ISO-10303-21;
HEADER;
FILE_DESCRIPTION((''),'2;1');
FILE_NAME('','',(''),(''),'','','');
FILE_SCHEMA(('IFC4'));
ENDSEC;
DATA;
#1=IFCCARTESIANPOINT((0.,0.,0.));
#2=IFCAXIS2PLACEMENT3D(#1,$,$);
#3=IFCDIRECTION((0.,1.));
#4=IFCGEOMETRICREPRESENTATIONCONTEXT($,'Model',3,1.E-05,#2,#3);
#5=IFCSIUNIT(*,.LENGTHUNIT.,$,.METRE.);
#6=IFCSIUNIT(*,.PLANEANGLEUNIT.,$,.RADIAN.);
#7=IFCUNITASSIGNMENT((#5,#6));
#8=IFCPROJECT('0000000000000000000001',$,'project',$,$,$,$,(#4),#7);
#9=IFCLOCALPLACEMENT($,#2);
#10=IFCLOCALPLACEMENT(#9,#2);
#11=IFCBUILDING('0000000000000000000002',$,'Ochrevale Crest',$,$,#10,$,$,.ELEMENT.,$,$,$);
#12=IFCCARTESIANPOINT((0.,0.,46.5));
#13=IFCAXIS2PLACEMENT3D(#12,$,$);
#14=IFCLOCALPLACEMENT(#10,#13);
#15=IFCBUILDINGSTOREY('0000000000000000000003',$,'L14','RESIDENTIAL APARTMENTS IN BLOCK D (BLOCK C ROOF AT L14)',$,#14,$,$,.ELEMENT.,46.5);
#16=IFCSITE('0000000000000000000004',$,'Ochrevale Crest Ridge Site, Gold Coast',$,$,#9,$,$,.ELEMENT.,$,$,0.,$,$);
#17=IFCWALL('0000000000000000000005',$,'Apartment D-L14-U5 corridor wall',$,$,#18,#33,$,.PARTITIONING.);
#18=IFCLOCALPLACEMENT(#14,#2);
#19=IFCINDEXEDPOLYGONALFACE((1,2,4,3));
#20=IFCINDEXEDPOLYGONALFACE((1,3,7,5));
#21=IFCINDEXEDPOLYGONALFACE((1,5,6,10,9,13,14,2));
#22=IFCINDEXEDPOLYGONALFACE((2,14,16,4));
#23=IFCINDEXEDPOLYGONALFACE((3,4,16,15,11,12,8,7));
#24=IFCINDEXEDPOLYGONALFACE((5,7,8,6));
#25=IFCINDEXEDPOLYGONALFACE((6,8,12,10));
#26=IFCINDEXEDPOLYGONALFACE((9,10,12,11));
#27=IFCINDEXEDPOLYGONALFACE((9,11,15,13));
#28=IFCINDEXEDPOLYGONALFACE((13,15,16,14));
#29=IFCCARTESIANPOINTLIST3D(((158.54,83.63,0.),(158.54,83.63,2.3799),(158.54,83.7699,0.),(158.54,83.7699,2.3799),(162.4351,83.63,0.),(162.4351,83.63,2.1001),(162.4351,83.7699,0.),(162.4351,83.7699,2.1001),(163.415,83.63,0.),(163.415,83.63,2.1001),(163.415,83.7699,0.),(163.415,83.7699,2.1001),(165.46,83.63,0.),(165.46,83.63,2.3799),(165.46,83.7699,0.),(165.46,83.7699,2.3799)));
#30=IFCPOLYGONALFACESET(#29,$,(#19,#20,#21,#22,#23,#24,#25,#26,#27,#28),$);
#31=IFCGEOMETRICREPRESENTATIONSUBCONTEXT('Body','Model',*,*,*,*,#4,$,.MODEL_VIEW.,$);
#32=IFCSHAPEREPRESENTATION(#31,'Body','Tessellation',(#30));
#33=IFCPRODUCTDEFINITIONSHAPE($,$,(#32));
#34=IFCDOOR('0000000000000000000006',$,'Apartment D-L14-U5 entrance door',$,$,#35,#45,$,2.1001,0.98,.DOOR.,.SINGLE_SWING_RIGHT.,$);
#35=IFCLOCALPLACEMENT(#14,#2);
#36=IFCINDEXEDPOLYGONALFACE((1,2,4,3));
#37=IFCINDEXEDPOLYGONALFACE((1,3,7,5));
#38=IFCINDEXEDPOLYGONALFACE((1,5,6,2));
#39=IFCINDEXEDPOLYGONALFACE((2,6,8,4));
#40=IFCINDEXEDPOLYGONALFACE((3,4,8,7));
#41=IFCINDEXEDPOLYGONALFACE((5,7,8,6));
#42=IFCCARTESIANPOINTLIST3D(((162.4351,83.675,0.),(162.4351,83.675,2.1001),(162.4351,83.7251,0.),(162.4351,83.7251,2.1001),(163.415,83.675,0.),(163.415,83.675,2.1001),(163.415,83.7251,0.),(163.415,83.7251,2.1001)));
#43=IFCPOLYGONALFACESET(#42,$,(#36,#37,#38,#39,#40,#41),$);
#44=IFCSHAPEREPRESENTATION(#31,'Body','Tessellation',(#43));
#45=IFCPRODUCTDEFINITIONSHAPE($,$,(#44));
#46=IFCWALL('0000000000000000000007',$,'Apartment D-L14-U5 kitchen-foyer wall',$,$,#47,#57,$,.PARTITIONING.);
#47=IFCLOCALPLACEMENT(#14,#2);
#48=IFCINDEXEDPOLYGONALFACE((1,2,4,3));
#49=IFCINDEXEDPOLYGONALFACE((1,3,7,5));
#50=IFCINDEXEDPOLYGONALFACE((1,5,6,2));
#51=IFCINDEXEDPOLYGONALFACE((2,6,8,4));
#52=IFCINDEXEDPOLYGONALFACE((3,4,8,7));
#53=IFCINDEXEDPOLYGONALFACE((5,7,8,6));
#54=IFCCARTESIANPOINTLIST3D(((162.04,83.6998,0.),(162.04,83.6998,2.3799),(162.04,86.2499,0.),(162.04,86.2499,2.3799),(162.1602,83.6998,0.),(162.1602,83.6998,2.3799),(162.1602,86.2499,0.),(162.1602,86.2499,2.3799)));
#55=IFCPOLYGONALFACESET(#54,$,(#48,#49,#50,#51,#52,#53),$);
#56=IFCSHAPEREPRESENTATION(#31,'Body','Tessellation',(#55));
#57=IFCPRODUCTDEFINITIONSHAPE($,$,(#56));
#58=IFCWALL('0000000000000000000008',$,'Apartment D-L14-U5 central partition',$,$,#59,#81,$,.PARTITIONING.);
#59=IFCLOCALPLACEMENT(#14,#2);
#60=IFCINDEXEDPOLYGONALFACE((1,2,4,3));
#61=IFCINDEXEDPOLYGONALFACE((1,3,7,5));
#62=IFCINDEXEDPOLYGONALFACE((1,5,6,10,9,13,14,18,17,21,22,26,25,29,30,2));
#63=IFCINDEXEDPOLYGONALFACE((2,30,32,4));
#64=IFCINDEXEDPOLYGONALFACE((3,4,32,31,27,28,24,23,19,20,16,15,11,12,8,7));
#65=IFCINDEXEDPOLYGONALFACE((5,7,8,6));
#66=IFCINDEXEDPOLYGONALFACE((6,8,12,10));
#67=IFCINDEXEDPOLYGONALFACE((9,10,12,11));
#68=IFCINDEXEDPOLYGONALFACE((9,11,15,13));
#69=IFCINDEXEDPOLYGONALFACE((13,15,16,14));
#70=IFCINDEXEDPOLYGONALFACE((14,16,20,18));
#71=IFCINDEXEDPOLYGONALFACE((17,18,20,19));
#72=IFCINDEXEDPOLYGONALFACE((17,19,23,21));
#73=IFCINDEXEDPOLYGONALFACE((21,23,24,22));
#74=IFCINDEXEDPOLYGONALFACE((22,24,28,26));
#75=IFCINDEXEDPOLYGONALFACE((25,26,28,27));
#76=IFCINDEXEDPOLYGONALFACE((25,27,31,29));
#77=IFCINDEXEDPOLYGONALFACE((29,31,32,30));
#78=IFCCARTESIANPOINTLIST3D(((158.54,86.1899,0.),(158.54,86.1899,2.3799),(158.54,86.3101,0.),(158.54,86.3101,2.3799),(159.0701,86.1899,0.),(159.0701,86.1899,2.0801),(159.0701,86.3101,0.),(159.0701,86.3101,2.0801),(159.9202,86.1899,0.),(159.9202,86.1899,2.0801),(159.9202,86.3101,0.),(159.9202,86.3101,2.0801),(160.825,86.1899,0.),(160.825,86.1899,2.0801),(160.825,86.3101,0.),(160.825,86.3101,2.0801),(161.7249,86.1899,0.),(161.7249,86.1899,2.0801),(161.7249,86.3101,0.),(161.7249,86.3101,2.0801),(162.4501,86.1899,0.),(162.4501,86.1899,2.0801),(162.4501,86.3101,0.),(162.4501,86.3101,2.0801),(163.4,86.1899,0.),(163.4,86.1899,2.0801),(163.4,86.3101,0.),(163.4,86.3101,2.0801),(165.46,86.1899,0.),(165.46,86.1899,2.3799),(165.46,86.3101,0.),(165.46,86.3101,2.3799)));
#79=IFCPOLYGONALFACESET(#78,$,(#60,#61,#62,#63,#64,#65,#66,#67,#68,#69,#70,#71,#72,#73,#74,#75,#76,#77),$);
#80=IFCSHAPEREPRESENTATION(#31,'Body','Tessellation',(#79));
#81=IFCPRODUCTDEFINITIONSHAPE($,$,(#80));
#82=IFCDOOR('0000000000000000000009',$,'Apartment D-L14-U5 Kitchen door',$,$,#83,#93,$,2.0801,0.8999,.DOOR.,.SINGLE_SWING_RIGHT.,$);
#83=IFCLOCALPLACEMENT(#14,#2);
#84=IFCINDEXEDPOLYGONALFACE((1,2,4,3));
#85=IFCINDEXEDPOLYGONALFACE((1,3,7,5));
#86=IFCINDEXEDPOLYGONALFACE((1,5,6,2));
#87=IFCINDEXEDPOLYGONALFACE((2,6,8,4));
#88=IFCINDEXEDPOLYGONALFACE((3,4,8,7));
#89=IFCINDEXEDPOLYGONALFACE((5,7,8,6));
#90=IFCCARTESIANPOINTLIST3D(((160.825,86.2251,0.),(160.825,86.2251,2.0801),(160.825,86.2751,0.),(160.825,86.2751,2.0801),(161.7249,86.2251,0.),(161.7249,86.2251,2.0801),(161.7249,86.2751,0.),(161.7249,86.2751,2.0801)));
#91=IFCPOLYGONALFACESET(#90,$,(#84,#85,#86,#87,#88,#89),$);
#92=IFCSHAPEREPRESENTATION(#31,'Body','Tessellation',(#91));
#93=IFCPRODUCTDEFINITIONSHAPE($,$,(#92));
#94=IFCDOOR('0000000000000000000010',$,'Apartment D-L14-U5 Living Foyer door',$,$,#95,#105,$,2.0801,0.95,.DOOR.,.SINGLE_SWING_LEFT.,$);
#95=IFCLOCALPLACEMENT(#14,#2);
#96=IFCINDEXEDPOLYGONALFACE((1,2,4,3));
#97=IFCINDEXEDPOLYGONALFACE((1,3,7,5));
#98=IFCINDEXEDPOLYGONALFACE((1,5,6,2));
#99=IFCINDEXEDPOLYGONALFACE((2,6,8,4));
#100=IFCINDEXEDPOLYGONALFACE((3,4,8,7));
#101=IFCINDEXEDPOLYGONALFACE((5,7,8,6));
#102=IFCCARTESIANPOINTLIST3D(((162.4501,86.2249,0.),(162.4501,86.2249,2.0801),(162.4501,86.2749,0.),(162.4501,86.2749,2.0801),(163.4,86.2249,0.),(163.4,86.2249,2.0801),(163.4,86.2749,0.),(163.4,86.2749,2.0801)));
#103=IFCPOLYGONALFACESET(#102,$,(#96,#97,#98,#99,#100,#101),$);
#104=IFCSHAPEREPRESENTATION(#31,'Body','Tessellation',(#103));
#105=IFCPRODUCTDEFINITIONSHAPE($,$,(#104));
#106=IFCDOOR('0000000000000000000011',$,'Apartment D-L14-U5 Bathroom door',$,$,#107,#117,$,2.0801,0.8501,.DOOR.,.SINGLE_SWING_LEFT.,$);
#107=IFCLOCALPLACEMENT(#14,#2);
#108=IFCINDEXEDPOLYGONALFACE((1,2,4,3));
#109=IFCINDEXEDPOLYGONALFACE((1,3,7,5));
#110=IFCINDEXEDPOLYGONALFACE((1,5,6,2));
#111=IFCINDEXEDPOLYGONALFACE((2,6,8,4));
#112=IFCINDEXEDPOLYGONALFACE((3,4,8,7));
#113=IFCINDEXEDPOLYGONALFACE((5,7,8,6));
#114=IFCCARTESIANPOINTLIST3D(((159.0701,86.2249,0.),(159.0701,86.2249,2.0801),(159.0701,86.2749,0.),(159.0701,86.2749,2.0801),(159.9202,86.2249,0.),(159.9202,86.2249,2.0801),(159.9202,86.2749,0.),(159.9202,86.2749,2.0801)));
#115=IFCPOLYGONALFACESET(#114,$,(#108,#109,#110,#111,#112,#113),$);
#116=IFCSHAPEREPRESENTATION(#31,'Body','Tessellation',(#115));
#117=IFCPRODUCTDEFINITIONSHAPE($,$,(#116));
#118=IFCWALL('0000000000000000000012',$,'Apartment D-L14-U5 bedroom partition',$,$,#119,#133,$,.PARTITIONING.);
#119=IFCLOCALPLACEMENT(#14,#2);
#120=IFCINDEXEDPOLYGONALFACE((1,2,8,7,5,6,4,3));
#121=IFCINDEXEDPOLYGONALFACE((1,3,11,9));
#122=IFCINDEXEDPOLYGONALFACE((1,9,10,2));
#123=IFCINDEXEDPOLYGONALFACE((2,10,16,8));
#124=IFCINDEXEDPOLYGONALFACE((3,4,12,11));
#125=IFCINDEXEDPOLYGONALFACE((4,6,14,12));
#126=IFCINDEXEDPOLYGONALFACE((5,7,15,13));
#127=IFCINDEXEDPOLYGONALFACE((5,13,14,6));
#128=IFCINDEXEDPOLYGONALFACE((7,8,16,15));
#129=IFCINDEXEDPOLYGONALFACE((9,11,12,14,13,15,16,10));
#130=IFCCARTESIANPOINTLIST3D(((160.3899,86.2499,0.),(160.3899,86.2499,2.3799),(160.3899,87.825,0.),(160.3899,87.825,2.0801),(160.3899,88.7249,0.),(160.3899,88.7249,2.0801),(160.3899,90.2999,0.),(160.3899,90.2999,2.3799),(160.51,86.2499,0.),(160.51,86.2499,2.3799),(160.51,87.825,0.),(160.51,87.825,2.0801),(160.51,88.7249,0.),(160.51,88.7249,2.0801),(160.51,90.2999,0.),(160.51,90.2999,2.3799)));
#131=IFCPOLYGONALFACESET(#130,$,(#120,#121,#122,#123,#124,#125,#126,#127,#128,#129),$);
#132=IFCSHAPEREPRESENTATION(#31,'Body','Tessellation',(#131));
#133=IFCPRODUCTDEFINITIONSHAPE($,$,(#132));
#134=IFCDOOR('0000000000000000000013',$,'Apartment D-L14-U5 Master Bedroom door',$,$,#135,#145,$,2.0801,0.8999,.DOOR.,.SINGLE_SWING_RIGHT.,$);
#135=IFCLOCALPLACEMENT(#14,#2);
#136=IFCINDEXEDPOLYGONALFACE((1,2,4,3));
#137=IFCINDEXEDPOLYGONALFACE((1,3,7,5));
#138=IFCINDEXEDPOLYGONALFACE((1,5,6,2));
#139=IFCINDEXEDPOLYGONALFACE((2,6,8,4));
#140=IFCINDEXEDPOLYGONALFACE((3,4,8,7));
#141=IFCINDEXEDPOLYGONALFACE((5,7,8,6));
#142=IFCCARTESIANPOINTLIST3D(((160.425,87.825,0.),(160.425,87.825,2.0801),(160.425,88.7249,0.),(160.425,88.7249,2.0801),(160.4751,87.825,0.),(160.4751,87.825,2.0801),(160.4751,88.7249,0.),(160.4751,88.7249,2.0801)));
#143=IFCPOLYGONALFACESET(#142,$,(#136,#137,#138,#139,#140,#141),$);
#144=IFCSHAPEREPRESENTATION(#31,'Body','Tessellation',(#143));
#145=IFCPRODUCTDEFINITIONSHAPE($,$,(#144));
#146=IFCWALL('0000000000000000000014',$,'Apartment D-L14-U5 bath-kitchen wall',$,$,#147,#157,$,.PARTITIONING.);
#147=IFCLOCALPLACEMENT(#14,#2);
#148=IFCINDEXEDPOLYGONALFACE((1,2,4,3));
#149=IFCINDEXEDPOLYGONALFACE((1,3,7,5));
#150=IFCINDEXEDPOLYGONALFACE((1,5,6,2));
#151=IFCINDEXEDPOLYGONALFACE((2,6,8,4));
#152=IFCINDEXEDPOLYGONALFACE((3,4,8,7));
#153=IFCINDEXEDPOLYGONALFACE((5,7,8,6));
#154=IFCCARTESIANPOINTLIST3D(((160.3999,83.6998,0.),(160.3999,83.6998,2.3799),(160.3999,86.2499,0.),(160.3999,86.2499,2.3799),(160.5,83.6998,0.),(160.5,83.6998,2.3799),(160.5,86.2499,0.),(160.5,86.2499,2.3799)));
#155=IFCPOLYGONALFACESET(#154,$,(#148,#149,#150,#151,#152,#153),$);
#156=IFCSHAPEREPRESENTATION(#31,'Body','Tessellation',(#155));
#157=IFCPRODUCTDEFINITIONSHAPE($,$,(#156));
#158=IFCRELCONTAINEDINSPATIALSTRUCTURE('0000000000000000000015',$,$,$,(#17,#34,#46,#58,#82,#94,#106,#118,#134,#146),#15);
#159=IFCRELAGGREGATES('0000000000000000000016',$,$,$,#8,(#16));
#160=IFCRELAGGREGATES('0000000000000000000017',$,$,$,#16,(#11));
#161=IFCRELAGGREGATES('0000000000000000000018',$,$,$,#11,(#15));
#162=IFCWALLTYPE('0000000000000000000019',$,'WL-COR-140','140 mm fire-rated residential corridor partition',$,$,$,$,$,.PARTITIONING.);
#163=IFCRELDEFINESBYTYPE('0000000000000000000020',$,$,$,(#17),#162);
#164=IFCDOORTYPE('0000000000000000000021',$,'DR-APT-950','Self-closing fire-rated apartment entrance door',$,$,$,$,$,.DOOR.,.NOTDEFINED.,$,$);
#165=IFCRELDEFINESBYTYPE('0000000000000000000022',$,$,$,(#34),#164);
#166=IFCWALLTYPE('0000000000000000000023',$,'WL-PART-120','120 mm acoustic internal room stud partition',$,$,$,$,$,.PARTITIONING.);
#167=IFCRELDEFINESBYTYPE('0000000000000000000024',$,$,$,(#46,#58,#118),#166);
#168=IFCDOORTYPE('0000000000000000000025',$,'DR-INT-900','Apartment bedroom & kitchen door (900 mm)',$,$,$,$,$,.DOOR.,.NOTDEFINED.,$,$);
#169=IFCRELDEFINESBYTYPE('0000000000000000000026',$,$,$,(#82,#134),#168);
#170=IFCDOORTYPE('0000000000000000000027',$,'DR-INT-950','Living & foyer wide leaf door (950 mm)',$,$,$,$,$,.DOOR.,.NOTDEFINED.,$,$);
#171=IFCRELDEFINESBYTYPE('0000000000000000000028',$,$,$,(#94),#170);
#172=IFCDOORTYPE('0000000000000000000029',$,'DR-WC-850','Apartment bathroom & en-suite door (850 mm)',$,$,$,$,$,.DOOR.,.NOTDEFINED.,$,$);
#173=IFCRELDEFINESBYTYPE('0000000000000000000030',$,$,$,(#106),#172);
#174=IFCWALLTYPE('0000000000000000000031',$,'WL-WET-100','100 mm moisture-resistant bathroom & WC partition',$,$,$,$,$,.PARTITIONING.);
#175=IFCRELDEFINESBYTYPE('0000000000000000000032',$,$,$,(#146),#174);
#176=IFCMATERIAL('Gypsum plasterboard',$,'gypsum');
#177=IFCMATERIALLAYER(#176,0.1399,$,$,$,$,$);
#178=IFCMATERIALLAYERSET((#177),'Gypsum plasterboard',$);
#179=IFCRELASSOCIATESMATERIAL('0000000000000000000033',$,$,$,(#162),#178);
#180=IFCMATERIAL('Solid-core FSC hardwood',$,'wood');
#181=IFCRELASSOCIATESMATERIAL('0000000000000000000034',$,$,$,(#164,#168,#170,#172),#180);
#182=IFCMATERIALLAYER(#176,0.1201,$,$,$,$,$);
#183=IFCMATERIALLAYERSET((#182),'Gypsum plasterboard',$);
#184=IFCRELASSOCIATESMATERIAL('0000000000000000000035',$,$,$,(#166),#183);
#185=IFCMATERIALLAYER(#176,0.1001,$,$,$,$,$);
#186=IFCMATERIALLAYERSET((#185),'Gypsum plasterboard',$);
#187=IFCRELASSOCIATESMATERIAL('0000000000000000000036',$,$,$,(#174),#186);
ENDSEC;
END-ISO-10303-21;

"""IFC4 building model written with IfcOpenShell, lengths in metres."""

from ifc_helpers import new_model, si_unit, direction, frame, frame_2d, origin, place, context, subcontext, project, spatial, rectangle, extrude, material, layer, layer_set, type_object, element, fill, save


model = new_model("IFC4")

# Units and contexts
model_context = context("Model", 3, precision=1e-05, world=origin(), true_north=direction((0.0, 1.0)))
body_context = subcontext(model_context, "Body", "Model", "MODEL_VIEW")
ifc_project = project(units=[si_unit("LENGTHUNIT", "METRE"), si_unit("PLANEANGLEUNIT", "RADIAN")], contexts=[model_context])

# Site, building, storey
site_placement = place(None, origin())
site = spatial("IfcSite", under=ifc_project, at=site_placement, Name="Ochrevale Crest Ridge Site, Gold Coast", CompositionType="ELEMENT", RefElevation=0.0)
building_placement = place(site_placement, origin())
building = spatial("IfcBuilding", under=site, at=building_placement, Name="Ochrevale Crest", CompositionType="ELEMENT")
storey_placement = place(building_placement, frame((0.0, 0.0, 46.5)))
storey = spatial("IfcBuildingStorey", under=building, at=storey_placement, Name="L14", Description="RESIDENTIAL APARTMENTS IN BLOCK D (BLOCK C ROOF AT L14)", CompositionType="ELEMENT", Elevation=46.5)

# Wall, opening, door
ifc_material_1 = material(Name="Gypsum plasterboard", Category="gypsum")
ifc_layer_1 = layer(ifc_material_1, 0.1399)
ifc_layer_set_1 = layer_set([ifc_layer_1], Name="Gypsum plasterboard")
wall_type_1 = type_object("IfcWallType", Name="WL-COR-140", Description="140 mm fire-rated residential corridor partition", PredefinedType="PARTITIONING", material=ifc_layer_set_1)
wall_1_placement = place(storey_placement, frame((158.54, 83.7, 0.0), z_axis=(0.0, 0.0, 1.0), x_axis=(1.0, 0.0, 0.0)))
wall_1 = element("IfcWall", 1, at=wall_1_placement, inside=storey, type_object=wall_type_1, Name="Apartment D-L14-U5 corridor wall", PredefinedType="PARTITIONING", context=body_context, shape_type="SweptSolid", body=[
    extrude(rectangle(XDim=6.9199, YDim=0.1399, at=frame_2d((3.46, 0.0))), origin(), (0.0, 0.0, 1.0), 2.3799),
])
opening_1_placement = place(wall_1_placement, frame((4.875, 0.0, 0.0), z_axis=(0.0, 0.0, 1.0), x_axis=(-1.0, 0.0, 0.0)))
opening_1 = element("IfcOpeningElement", 2, at=opening_1_placement, cuts=wall_1, PredefinedType="OPENING", context=body_context, shape_type="SweptSolid", body=[
    extrude(rectangle(XDim=0.98, YDim=2.1001, at=frame_2d((0.49, 1.05))), frame((0.0, 0.0801, 0.0), z_axis=(0.0, -1.0, 0.0), x_axis=(1.0, 0.0, 0.0)), (0.0, 0.0, 1.0), 0.1599),
])
ifc_material_2 = material(Name="Solid-core FSC hardwood", Category="wood")
door_type_1 = type_object("IfcDoorType", Name="DR-APT-950", Description="Self-closing fire-rated apartment entrance door", OperationType="NOTDEFINED", PredefinedType="DOOR", material=ifc_material_2)
door_1_placement = place(opening_1_placement, origin())
door_1 = element("IfcDoor", 3, at=door_1_placement, inside=storey, type_object=door_type_1, Name="Apartment D-L14-U5 entrance door", OperationType="SINGLE_SWING_RIGHT", OverallHeight=2.1001, OverallWidth=0.98, PredefinedType="DOOR", context=body_context, shape_type="SweptSolid", body=[
    extrude(rectangle(XDim=0.98, YDim=2.1001, at=frame_2d((0.49, 1.05))), frame((0.0, 0.0249, 0.0), z_axis=(0.0, -1.0, 0.0), x_axis=(1.0, 0.0, 0.0)), (0.0, 0.0, 1.0), 0.05),
])
fill(opening_1, door_1)

# Wall
ifc_layer_2 = layer(ifc_material_1, 0.1201)
ifc_layer_set_2 = layer_set([ifc_layer_2], Name="Gypsum plasterboard")
wall_type_2 = type_object("IfcWallType", Name="WL-PART-120", Description="120 mm acoustic internal room stud partition", PredefinedType="PARTITIONING", material=ifc_layer_set_2)
wall_2_placement = place(storey_placement, frame((162.1001, 83.7, 0.0), z_axis=(0.0, 0.0, 1.0), x_axis=(0.0, 1.0, 0.0)))
element("IfcWall", 4, at=wall_2_placement, inside=storey, type_object=wall_type_2, Name="Apartment D-L14-U5 kitchen-foyer wall", PredefinedType="PARTITIONING", context=body_context, shape_type="SweptSolid", body=[
    extrude(rectangle(XDim=2.55, YDim=0.1201, at=frame_2d((1.2749, 0.0))), origin(), (0.0, 0.0, 1.0), 2.3799),
])

# Wall, openings, doors
wall_3_placement = place(storey_placement, frame((158.54, 86.25, 0.0), z_axis=(0.0, 0.0, 1.0), x_axis=(1.0, 0.0, 0.0)))
wall_3 = element("IfcWall", 5, at=wall_3_placement, inside=storey, type_object=wall_type_2, Name="Apartment D-L14-U5 central partition", PredefinedType="PARTITIONING", context=body_context, shape_type="SweptSolid", body=[
    extrude(rectangle(XDim=6.9199, YDim=0.1201, at=frame_2d((3.46, 0.0))), origin(), (0.0, 0.0, 1.0), 2.3799),
])
opening_2_placement = place(wall_3_placement, frame((0.53, 0.0, 0.0)))
opening_2 = element("IfcOpeningElement", 6, at=opening_2_placement, cuts=wall_3, PredefinedType="OPENING", context=body_context, shape_type="SweptSolid", body=[
    extrude(rectangle(XDim=0.8501, YDim=2.0801, at=frame_2d((0.425, 1.04))), frame((0.0, 0.0701, 0.0), z_axis=(0.0, -1.0, 0.0), x_axis=(1.0, 0.0, 0.0)), (0.0, 0.0, 1.0), 0.1401),
])
opening_3_placement = place(wall_3_placement, frame((3.1848, 0.0, 0.0), z_axis=(0.0, 0.0, 1.0), x_axis=(-1.0, 0.0, 0.0)))
opening_3 = element("IfcOpeningElement", 7, at=opening_3_placement, cuts=wall_3, PredefinedType="OPENING", context=body_context, shape_type="SweptSolid", body=[
    extrude(rectangle(XDim=0.8999, YDim=2.0801, at=frame_2d((0.45, 1.04))), frame((0.0, 0.0701, 0.0), z_axis=(0.0, -1.0, 0.0), x_axis=(1.0, 0.0, 0.0)), (0.0, 0.0, 1.0), 0.1401),
])
opening_4_placement = place(wall_3_placement, frame((3.9099, 0.0, 0.0)))
opening_4 = element("IfcOpeningElement", 8, at=opening_4_placement, cuts=wall_3, PredefinedType="OPENING", context=body_context, shape_type="SweptSolid", body=[
    extrude(rectangle(XDim=0.95, YDim=2.0801, at=frame_2d((0.4751, 1.04))), frame((0.0, 0.0701, 0.0), z_axis=(0.0, -1.0, 0.0), x_axis=(1.0, 0.0, 0.0)), (0.0, 0.0, 1.0), 0.1401),
])
door_type_2 = type_object("IfcDoorType", Name="DR-INT-900", Description="Apartment bedroom & kitchen door (900 mm)", OperationType="NOTDEFINED", PredefinedType="DOOR", material=ifc_material_2)
door_2_placement = place(opening_3_placement, origin())
door_2 = element("IfcDoor", 9, at=door_2_placement, inside=storey, type_object=door_type_2, Name="Apartment D-L14-U5 Kitchen door", OperationType="SINGLE_SWING_RIGHT", OverallHeight=2.0801, OverallWidth=0.8999, PredefinedType="DOOR", context=body_context, shape_type="SweptSolid", body=[
    extrude(rectangle(XDim=0.8999, YDim=2.0801, at=frame_2d((0.45, 1.04))), frame((0.0, 0.0249, 0.0), z_axis=(0.0, -1.0, 0.0), x_axis=(1.0, 0.0, 0.0)), (0.0, 0.0, 1.0), 0.05),
])
fill(opening_3, door_2)
door_type_3 = type_object("IfcDoorType", Name="DR-INT-950", Description="Living & foyer wide leaf door (950 mm)", OperationType="NOTDEFINED", PredefinedType="DOOR", material=ifc_material_2)
door_3_placement = place(opening_4_placement, origin())
door_3 = element("IfcDoor", 10, at=door_3_placement, inside=storey, type_object=door_type_3, Name="Apartment D-L14-U5 Living Foyer door", OperationType="SINGLE_SWING_LEFT", OverallHeight=2.0801, OverallWidth=0.95, PredefinedType="DOOR", context=body_context, shape_type="SweptSolid", body=[
    extrude(rectangle(XDim=0.95, YDim=2.0801, at=frame_2d((0.4751, 1.04))), frame((0.0, 0.0249, 0.0), z_axis=(0.0, -1.0, 0.0), x_axis=(1.0, 0.0, 0.0)), (0.0, 0.0, 1.0), 0.05),
])
fill(opening_4, door_3)
door_type_4 = type_object("IfcDoorType", Name="DR-WC-850", Description="Apartment bathroom & en-suite door (850 mm)", OperationType="NOTDEFINED", PredefinedType="DOOR", material=ifc_material_2)
door_4_placement = place(opening_2_placement, origin())
door_4 = element("IfcDoor", 11, at=door_4_placement, inside=storey, type_object=door_type_4, Name="Apartment D-L14-U5 Bathroom door", OperationType="SINGLE_SWING_LEFT", OverallHeight=2.0801, OverallWidth=0.8501, PredefinedType="DOOR", context=body_context, shape_type="SweptSolid", body=[
    extrude(rectangle(XDim=0.8501, YDim=2.0801, at=frame_2d((0.425, 1.04))), frame((0.0, 0.0249, 0.0), z_axis=(0.0, -1.0, 0.0), x_axis=(1.0, 0.0, 0.0)), (0.0, 0.0, 1.0), 0.05),
])
fill(opening_2, door_4)

# Wall, opening, door
wall_4_placement = place(storey_placement, frame((160.45, 86.25, 0.0), z_axis=(0.0, 0.0, 1.0), x_axis=(0.0, 1.0, 0.0)))
wall_4 = element("IfcWall", 12, at=wall_4_placement, inside=storey, type_object=wall_type_2, Name="Apartment D-L14-U5 bedroom partition", PredefinedType="PARTITIONING", context=body_context, shape_type="SweptSolid", body=[
    extrude(rectangle(XDim=4.05, YDim=0.1201, at=frame_2d((2.0249, 0.0))), origin(), (0.0, 0.0, 1.0), 2.3799),
])
opening_5_placement = place(wall_4_placement, frame((1.575, 0.0, 0.0)))
opening_5 = element("IfcOpeningElement", 13, at=opening_5_placement, cuts=wall_4, PredefinedType="OPENING", context=body_context, shape_type="SweptSolid", body=[
    extrude(rectangle(XDim=0.8999, YDim=2.0801, at=frame_2d((0.45, 1.04))), frame((0.0, 0.0701, 0.0), z_axis=(0.0, -1.0, 0.0), x_axis=(1.0, 0.0, 0.0)), (0.0, 0.0, 1.0), 0.1401),
])
door_5_placement = place(opening_5_placement, origin())
door_5 = element("IfcDoor", 14, at=door_5_placement, inside=storey, type_object=door_type_2, Name="Apartment D-L14-U5 Master Bedroom door", OperationType="SINGLE_SWING_RIGHT", OverallHeight=2.0801, OverallWidth=0.8999, PredefinedType="DOOR", context=body_context, shape_type="SweptSolid", body=[
    extrude(rectangle(XDim=0.8999, YDim=2.0801, at=frame_2d((0.45, 1.04))), frame((0.0, 0.0249, 0.0), z_axis=(0.0, -1.0, 0.0), x_axis=(1.0, 0.0, 0.0)), (0.0, 0.0, 1.0), 0.05),
])
fill(opening_5, door_5)

# Wall
ifc_layer_3 = layer(ifc_material_1, 0.1001)
ifc_layer_set_3 = layer_set([ifc_layer_3], Name="Gypsum plasterboard")
wall_type_3 = type_object("IfcWallType", Name="WL-WET-100", Description="100 mm moisture-resistant bathroom & WC partition", PredefinedType="PARTITIONING", material=ifc_layer_set_3)
wall_5_placement = place(storey_placement, frame((160.45, 83.7, 0.0), z_axis=(0.0, 0.0, 1.0), x_axis=(0.0, 1.0, 0.0)))
element("IfcWall", 15, at=wall_5_placement, inside=storey, type_object=wall_type_3, Name="Apartment D-L14-U5 bath-kitchen wall", PredefinedType="PARTITIONING", context=body_context, shape_type="SweptSolid", body=[
    extrude(rectangle(XDim=2.55, YDim=0.1001, at=frame_2d((1.2749, 0.0))), origin(), (0.0, 0.0, 1.0), 2.3799),
])

save(model, "model.ifc")
